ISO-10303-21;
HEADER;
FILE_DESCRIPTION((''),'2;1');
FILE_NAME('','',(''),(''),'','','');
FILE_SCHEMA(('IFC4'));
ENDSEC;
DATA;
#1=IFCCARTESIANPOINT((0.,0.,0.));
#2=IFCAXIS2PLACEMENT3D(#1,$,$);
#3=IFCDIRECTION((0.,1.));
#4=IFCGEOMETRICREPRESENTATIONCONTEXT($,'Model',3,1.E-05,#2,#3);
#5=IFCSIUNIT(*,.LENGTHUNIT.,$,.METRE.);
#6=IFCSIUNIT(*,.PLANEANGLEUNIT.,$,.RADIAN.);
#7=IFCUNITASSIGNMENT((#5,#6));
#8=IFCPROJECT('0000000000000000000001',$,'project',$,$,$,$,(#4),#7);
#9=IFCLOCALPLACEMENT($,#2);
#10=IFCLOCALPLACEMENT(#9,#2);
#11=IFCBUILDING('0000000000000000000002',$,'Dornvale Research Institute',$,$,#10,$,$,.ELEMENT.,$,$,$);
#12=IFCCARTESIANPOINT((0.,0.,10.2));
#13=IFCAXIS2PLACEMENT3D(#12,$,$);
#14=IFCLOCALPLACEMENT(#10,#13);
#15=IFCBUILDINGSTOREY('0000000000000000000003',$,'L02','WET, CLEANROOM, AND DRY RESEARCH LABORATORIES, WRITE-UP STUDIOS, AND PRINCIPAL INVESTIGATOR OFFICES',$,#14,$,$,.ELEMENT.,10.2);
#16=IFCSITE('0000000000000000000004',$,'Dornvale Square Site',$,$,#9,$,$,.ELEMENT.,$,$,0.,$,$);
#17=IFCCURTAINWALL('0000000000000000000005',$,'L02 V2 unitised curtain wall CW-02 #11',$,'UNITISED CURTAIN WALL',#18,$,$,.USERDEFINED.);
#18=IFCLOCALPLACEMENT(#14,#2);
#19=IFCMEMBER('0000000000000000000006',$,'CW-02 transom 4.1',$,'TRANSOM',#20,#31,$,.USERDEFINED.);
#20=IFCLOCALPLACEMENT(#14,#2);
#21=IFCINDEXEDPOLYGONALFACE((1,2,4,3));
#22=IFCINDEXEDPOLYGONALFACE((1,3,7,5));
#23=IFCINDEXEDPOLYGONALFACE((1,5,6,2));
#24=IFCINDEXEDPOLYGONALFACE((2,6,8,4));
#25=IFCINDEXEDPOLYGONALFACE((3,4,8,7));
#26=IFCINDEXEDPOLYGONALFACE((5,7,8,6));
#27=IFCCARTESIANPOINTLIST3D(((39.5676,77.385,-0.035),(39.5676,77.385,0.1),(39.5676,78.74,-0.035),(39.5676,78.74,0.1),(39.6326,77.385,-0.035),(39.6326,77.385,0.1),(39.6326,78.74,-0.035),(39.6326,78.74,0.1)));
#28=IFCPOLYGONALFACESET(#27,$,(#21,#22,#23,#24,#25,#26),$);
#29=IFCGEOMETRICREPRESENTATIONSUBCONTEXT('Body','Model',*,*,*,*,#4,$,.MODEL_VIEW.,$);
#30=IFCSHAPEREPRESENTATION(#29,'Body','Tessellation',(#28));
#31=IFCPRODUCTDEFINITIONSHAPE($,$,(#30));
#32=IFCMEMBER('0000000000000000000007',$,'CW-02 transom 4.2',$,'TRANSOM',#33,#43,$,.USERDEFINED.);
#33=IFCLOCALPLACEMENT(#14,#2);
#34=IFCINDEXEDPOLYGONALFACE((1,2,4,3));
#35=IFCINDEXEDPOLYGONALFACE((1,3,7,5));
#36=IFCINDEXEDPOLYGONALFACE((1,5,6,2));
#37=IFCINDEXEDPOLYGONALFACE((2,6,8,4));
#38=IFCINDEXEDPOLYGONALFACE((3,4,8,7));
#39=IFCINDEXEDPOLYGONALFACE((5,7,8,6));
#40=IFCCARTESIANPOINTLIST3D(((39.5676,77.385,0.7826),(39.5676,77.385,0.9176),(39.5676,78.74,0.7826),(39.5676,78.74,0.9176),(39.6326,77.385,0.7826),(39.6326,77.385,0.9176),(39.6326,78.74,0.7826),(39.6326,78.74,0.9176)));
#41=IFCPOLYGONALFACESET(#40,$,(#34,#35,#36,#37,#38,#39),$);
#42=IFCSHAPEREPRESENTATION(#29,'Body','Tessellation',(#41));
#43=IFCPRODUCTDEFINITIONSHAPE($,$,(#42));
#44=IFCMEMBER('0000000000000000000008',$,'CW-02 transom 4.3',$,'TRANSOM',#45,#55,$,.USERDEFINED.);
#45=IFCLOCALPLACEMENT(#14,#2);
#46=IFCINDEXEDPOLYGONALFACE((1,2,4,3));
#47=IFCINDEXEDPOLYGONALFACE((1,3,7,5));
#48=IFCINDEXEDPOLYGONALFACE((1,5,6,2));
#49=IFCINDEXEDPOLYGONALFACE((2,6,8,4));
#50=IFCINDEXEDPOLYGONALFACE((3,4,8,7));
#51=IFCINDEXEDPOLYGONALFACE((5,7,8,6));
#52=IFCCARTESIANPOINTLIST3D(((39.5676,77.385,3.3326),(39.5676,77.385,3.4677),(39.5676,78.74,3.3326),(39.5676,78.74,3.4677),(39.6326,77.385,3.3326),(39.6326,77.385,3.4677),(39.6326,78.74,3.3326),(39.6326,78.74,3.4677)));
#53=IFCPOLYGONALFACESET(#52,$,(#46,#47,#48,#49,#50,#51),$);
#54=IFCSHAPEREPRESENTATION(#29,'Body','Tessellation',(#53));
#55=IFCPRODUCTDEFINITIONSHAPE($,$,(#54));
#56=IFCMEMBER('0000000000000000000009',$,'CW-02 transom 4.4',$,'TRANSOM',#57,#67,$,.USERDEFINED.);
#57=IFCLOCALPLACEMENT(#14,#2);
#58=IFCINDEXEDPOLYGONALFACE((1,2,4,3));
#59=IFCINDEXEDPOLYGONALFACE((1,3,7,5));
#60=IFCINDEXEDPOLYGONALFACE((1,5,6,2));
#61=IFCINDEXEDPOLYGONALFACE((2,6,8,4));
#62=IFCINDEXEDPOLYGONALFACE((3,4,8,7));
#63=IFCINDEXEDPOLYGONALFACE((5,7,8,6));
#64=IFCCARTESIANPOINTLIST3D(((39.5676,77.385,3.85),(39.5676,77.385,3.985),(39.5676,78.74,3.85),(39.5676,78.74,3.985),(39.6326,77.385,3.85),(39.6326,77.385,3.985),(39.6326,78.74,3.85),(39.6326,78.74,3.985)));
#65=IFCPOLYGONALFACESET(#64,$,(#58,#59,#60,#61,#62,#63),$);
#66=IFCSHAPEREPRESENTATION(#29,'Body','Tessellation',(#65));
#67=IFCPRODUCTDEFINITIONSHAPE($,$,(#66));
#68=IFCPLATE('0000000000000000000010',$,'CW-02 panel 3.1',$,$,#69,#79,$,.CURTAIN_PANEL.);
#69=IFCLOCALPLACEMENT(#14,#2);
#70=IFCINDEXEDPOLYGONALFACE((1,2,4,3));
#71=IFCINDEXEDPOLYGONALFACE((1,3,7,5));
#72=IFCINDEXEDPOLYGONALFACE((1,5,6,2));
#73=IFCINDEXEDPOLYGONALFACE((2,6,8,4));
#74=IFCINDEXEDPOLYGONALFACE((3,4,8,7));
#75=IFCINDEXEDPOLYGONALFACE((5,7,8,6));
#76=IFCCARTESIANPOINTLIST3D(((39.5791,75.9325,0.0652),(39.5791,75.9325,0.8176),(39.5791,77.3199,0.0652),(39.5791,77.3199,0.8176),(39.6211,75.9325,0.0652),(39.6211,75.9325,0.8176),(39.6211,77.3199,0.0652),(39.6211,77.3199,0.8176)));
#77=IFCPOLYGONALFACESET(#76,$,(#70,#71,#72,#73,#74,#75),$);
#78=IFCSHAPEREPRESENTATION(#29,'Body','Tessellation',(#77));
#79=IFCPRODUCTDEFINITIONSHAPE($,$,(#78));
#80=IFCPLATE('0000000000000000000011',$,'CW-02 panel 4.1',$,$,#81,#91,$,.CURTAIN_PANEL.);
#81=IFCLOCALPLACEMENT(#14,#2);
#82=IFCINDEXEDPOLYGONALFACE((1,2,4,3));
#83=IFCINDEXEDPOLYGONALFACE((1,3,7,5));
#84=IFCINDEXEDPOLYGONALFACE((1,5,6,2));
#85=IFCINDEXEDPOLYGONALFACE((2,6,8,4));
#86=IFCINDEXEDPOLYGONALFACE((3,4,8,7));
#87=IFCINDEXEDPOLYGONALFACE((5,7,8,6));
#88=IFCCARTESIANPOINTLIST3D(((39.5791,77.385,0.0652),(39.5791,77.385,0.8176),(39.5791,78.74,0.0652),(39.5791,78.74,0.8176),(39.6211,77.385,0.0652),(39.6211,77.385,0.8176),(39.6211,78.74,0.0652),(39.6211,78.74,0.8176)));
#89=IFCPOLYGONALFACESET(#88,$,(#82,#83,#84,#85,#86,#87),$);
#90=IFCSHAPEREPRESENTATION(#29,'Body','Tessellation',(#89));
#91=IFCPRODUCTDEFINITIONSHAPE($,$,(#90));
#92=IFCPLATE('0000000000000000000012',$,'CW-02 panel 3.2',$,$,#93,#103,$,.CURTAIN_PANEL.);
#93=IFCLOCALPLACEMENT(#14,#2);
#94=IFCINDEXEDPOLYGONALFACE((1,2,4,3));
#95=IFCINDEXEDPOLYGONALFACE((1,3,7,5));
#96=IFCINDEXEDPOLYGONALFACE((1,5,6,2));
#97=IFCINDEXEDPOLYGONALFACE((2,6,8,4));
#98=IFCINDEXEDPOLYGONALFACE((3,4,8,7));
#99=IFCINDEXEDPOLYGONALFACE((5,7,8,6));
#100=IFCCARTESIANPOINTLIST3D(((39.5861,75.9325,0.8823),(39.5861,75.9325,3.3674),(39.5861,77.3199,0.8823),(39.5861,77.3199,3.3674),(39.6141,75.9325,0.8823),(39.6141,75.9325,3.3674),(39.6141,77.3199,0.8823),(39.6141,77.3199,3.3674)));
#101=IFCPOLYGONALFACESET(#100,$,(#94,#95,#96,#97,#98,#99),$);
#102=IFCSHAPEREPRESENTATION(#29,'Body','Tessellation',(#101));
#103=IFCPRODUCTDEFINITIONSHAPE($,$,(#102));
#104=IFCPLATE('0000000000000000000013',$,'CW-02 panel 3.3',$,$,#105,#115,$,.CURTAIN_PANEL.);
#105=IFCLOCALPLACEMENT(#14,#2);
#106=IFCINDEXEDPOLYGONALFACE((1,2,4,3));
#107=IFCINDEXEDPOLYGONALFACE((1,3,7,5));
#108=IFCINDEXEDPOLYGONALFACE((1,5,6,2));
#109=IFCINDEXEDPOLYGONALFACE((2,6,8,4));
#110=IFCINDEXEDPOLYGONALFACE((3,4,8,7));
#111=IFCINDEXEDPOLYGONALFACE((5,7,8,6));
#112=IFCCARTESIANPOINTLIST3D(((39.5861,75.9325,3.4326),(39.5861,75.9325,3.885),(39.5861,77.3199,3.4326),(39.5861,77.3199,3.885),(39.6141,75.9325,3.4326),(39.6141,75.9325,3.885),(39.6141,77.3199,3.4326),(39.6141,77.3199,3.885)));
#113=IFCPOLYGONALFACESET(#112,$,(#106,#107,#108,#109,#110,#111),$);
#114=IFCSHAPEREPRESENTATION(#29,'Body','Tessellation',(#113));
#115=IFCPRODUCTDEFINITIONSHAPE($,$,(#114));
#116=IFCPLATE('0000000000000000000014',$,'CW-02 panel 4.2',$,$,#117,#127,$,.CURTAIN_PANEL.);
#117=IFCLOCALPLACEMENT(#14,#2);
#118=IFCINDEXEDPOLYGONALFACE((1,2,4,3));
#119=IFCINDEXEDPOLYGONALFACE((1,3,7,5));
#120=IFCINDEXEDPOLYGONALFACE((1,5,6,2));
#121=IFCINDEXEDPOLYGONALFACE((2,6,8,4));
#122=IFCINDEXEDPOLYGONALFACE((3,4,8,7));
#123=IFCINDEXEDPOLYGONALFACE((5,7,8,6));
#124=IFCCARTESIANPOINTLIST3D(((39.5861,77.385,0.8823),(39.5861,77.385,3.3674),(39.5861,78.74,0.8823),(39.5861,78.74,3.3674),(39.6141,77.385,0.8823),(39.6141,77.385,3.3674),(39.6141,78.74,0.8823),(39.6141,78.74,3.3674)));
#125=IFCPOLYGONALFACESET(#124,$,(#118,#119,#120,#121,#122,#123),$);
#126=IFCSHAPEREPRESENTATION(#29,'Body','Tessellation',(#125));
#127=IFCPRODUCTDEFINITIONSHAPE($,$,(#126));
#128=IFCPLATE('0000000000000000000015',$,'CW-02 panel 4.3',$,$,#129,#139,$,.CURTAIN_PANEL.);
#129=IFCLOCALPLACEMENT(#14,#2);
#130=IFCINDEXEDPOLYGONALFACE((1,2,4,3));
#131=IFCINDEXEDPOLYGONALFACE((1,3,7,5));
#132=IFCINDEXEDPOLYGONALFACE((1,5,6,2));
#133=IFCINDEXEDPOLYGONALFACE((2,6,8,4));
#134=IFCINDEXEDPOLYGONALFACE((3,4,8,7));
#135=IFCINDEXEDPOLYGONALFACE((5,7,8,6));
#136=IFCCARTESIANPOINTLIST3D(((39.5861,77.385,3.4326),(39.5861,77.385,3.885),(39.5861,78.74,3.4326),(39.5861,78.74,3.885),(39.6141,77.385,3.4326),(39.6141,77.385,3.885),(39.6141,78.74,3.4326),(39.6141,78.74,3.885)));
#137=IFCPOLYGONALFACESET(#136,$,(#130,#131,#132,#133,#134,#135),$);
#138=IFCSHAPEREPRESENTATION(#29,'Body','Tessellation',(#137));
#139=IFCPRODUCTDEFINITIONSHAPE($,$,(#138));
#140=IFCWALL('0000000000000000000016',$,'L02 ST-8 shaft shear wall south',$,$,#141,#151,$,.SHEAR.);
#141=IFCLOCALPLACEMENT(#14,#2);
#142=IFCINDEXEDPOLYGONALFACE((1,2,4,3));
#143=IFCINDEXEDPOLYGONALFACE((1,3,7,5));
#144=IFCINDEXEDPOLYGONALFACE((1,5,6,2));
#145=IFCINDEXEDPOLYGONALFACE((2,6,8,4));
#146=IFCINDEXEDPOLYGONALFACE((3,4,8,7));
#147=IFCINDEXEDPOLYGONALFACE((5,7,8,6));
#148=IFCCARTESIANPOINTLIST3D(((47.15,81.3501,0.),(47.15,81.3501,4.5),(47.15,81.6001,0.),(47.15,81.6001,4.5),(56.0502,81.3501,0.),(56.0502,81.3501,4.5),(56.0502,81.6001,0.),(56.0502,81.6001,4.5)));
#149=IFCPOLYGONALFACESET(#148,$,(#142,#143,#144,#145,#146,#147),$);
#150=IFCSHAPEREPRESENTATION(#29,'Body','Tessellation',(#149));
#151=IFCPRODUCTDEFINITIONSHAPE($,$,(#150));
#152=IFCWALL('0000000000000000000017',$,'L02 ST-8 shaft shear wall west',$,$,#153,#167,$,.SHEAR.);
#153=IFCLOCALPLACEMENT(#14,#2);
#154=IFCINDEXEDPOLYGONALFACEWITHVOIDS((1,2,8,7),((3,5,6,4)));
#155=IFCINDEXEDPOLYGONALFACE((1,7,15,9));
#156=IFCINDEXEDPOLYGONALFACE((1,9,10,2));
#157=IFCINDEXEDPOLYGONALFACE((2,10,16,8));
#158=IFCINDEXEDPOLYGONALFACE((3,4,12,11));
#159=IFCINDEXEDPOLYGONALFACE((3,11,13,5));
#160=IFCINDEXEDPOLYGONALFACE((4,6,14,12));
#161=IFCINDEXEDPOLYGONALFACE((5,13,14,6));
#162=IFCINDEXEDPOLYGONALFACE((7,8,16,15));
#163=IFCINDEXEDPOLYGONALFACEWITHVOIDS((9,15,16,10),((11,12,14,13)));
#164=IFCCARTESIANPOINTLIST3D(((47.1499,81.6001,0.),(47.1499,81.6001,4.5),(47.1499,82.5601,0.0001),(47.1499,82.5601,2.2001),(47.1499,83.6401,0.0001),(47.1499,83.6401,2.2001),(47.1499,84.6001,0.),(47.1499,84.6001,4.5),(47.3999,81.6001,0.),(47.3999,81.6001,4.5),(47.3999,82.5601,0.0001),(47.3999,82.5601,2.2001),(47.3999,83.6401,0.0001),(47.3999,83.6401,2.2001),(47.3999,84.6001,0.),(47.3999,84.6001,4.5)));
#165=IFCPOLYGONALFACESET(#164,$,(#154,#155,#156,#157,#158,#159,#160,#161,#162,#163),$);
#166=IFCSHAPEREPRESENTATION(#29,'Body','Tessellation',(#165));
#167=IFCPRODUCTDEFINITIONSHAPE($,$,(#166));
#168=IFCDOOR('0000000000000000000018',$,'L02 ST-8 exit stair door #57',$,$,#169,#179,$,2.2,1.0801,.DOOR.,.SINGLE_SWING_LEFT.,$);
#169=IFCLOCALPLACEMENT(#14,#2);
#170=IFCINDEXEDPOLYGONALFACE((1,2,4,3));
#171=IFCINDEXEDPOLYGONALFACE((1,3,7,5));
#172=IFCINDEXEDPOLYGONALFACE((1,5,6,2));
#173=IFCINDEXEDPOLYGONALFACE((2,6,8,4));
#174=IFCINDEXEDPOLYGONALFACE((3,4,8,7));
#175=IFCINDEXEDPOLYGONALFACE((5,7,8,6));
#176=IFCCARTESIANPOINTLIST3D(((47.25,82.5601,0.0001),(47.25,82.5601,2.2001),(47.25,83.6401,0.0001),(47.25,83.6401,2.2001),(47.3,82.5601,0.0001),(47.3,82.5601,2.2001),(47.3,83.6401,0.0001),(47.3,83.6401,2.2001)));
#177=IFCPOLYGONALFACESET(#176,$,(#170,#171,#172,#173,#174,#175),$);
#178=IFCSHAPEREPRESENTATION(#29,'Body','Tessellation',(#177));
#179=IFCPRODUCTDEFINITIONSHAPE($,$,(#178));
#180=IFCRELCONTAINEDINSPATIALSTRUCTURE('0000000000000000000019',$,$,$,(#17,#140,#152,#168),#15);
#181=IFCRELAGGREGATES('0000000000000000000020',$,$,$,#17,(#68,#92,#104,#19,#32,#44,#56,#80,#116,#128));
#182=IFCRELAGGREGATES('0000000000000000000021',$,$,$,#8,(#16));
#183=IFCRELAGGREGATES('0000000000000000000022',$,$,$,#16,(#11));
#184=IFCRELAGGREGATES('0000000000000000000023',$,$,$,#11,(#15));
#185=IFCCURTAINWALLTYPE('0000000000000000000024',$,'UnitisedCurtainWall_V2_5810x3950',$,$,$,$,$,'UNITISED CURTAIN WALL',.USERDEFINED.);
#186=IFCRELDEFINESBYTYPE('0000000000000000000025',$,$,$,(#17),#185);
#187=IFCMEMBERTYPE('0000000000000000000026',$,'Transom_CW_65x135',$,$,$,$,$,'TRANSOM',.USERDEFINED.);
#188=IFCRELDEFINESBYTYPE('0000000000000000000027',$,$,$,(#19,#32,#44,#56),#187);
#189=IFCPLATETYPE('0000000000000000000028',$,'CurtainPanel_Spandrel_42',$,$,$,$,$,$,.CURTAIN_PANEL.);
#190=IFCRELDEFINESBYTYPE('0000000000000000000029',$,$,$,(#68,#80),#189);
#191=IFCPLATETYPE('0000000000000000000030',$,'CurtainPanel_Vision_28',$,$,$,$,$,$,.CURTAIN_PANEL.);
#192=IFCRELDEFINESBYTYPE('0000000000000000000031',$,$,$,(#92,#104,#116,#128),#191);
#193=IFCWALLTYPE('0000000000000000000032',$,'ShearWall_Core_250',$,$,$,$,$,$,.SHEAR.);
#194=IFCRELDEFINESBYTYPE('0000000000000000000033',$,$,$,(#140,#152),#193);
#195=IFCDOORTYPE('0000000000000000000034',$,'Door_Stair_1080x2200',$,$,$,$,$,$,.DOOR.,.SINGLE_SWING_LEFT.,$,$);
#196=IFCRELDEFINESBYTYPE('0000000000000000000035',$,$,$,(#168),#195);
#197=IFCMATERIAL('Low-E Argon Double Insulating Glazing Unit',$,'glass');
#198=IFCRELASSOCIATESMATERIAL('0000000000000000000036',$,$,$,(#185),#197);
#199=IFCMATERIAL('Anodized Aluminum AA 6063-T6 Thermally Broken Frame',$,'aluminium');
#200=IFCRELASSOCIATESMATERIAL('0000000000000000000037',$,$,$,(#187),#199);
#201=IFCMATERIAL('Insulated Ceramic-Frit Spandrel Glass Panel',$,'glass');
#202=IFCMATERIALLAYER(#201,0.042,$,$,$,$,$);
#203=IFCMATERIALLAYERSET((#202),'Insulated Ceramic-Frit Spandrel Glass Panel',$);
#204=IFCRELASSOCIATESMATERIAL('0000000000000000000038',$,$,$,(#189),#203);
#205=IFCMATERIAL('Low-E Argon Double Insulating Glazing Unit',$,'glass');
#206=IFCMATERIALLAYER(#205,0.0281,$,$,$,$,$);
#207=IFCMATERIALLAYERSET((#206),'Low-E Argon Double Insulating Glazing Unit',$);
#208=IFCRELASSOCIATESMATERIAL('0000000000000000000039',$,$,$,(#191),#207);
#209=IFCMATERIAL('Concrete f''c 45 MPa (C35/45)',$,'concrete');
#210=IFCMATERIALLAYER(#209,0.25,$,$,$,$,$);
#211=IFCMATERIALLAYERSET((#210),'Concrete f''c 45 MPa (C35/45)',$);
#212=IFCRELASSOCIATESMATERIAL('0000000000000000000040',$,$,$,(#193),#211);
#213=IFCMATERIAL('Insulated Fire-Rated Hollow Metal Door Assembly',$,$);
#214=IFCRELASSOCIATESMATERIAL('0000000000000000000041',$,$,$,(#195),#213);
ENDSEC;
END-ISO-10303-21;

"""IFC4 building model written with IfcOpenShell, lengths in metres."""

from ifc_helpers import new_model, si_unit, direction, frame, frame_2d, origin, origin_2d, place, context, subcontext, project, spatial, rectangle, extrude, material, layer, layer_set, material_profile, profile_set, type_object, element, fill, aggregate, save


model = new_model("IFC4")

# Units and contexts
model_context = context("Model", 3, precision=1e-05, world=origin(), true_north=direction((0.0, 1.0)))
body_context = subcontext(model_context, "Body", "Model", "MODEL_VIEW")
ifc_project = project(units=[si_unit("LENGTHUNIT", "METRE"), si_unit("PLANEANGLEUNIT", "RADIAN")], contexts=[model_context])

# Site, building, storey
site_placement = place(None, origin())
site = spatial("IfcSite", under=ifc_project, at=site_placement, Name="Dornvale Square Site", CompositionType="ELEMENT", RefElevation=0.0)
building_placement = place(site_placement, origin())
building = spatial("IfcBuilding", under=site, at=building_placement, Name="Dornvale Research Institute", CompositionType="ELEMENT")
storey_placement = place(building_placement, frame((0.0, 0.0, 10.2)))
storey = spatial("IfcBuildingStorey", under=building, at=storey_placement, Name="L02", Description="WET, CLEANROOM, AND DRY RESEARCH LABORATORIES, WRITE-UP STUDIOS, AND PRINCIPAL INVESTIGATOR OFFICES", CompositionType="ELEMENT", Elevation=10.2)

# Curtain wall
ifc_material_1 = material(Name="Low-E Argon Double Insulating Glazing Unit", Category="glass")
curtain_wall_type = type_object("IfcCurtainWallType", Name="UnitisedCurtainWall_V2_5810x3950", ElementType="UNITISED CURTAIN WALL", PredefinedType="USERDEFINED", material=ifc_material_1)
curtain_wall_placement = place(storey_placement, origin())
curtain_wall = element("IfcCurtainWall", 1, at=curtain_wall_placement, inside=storey, type_object=curtain_wall_type, Name="L02 V2 unitised curtain wall CW-02 #11", ObjectType="UNITISED CURTAIN WALL", PredefinedType="USERDEFINED")

# Members
ifc_material_2 = material(Name="Anodized Aluminum AA 6063-T6 Thermally Broken Frame", Category="aluminium")
ifc_material_profile_1 = material_profile(ifc_material_2, rectangle(XDim=0.0649, YDim=0.135, at=origin_2d()), Name="ALU TRANSOM 65x135")
ifc_profile_set_1 = profile_set([ifc_material_profile_1], Name="Anodized Aluminum AA 6063-T6 Thermally Broken Frame")
member_type_1 = type_object("IfcMemberType", Name="Transom_CW_65x135", ElementType="TRANSOM", PredefinedType="USERDEFINED", material=ifc_profile_set_1)
member_1_placement = place(storey_placement, frame((39.6001, 77.385, 0.0325), z_axis=(0.0, 1.0, 0.0), x_axis=(-1.0, 0.0, 0.0)))
member_1 = element("IfcMember", 2, at=member_1_placement, type_object=member_type_1, Name="CW-02 transom 4.1", ObjectType="TRANSOM", PredefinedType="USERDEFINED", context=body_context, shape_type="SweptSolid", body=[
    extrude(rectangle(XDim=0.0649, YDim=0.135, at=origin_2d()), origin(), (0.0, 0.0, 1.0), 1.355),
])
member_2_placement = place(storey_placement, frame((39.6001, 77.385, 0.8501), z_axis=(0.0, 1.0, 0.0), x_axis=(-1.0, 0.0, 0.0)))
member_2 = element("IfcMember", 3, at=member_2_placement, type_object=member_type_1, Name="CW-02 transom 4.2", ObjectType="TRANSOM", PredefinedType="USERDEFINED", context=body_context, shape_type="SweptSolid", body=[
    extrude(rectangle(XDim=0.0649, YDim=0.135, at=origin_2d()), origin(), (0.0, 0.0, 1.0), 1.355),
])
member_3_placement = place(storey_placement, frame((39.6001, 77.385, 3.4001), z_axis=(0.0, 1.0, 0.0), x_axis=(-1.0, 0.0, 0.0)))
member_3 = element("IfcMember", 4, at=member_3_placement, type_object=member_type_1, Name="CW-02 transom 4.3", ObjectType="TRANSOM", PredefinedType="USERDEFINED", context=body_context, shape_type="SweptSolid", body=[
    extrude(rectangle(XDim=0.0649, YDim=0.135, at=origin_2d()), origin(), (0.0, 0.0, 1.0), 1.355),
])
member_4_placement = place(storey_placement, frame((39.6001, 77.385, 3.9175), z_axis=(0.0, 1.0, 0.0), x_axis=(-1.0, 0.0, 0.0)))
member_4 = element("IfcMember", 5, at=member_4_placement, type_object=member_type_1, Name="CW-02 transom 4.4", ObjectType="TRANSOM", PredefinedType="USERDEFINED", context=body_context, shape_type="SweptSolid", body=[
    extrude(rectangle(XDim=0.0649, YDim=0.135, at=origin_2d()), origin(), (0.0, 0.0, 1.0), 1.355),
])

# Plates
ifc_material_3 = material(Name="Insulated Ceramic-Frit Spandrel Glass Panel", Category="glass")
ifc_layer_1 = layer(ifc_material_3, 0.042)
ifc_layer_set_1 = layer_set([ifc_layer_1], Name="Insulated Ceramic-Frit Spandrel Glass Panel")
plate_type_1 = type_object("IfcPlateType", Name="CurtainPanel_Spandrel_42", PredefinedType="CURTAIN_PANEL", material=ifc_layer_set_1)
plate_1_placement = place(storey_placement, frame((39.6001, 76.6262, 0.0652), z_axis=(0.0, 0.0, 1.0), x_axis=(0.0, 1.0, 0.0)))
plate_1 = element("IfcPlate", 6, at=plate_1_placement, type_object=plate_type_1, Name="CW-02 panel 3.1", PredefinedType="CURTAIN_PANEL", context=body_context, shape_type="SweptSolid", body=[
    extrude(rectangle(XDim=1.3875, YDim=0.042, at=origin_2d()), origin(), (0.0, 0.0, 1.0), 0.7524),
])
plate_2_placement = place(storey_placement, frame((39.6001, 78.0625, 0.0652), z_axis=(0.0, 0.0, 1.0), x_axis=(0.0, 1.0, 0.0)))
plate_2 = element("IfcPlate", 7, at=plate_2_placement, type_object=plate_type_1, Name="CW-02 panel 4.1", PredefinedType="CURTAIN_PANEL", context=body_context, shape_type="SweptSolid", body=[
    extrude(rectangle(XDim=1.355, YDim=0.042, at=origin_2d()), origin(), (0.0, 0.0, 1.0), 0.7524),
])
ifc_material_4 = material(Name="Low-E Argon Double Insulating Glazing Unit", Category="glass")
ifc_layer_2 = layer(ifc_material_4, 0.0281)
ifc_layer_set_2 = layer_set([ifc_layer_2], Name="Low-E Argon Double Insulating Glazing Unit")
plate_type_2 = type_object("IfcPlateType", Name="CurtainPanel_Vision_28", PredefinedType="CURTAIN_PANEL", material=ifc_layer_set_2)
plate_3_placement = place(storey_placement, frame((39.6001, 76.6262, 0.8823), z_axis=(0.0, 0.0, 1.0), x_axis=(0.0, 1.0, 0.0)))
plate_3 = element("IfcPlate", 8, at=plate_3_placement, type_object=plate_type_2, Name="CW-02 panel 3.2", PredefinedType="CURTAIN_PANEL", context=body_context, shape_type="SweptSolid", body=[
    extrude(rectangle(XDim=1.3875, YDim=0.0281, at=origin_2d()), origin(), (0.0, 0.0, 1.0), 2.4851),
])
plate_4_placement = place(storey_placement, frame((39.6001, 76.6262, 3.4326), z_axis=(0.0, 0.0, 1.0), x_axis=(0.0, 1.0, 0.0)))
plate_4 = element("IfcPlate", 9, at=plate_4_placement, type_object=plate_type_2, Name="CW-02 panel 3.3", PredefinedType="CURTAIN_PANEL", context=body_context, shape_type="SweptSolid", body=[
    extrude(rectangle(XDim=1.3875, YDim=0.0281, at=origin_2d()), origin(), (0.0, 0.0, 1.0), 0.4524),
])
plate_5_placement = place(storey_placement, frame((39.6001, 78.0625, 0.8823), z_axis=(0.0, 0.0, 1.0), x_axis=(0.0, 1.0, 0.0)))
plate_5 = element("IfcPlate", 10, at=plate_5_placement, type_object=plate_type_2, Name="CW-02 panel 4.2", PredefinedType="CURTAIN_PANEL", context=body_context, shape_type="SweptSolid", body=[
    extrude(rectangle(XDim=1.355, YDim=0.0281, at=origin_2d()), origin(), (0.0, 0.0, 1.0), 2.4851),
])
plate_6_placement = place(storey_placement, frame((39.6001, 78.0625, 3.4326), z_axis=(0.0, 0.0, 1.0), x_axis=(0.0, 1.0, 0.0)))
plate_6 = element("IfcPlate", 11, at=plate_6_placement, type_object=plate_type_2, Name="CW-02 panel 4.3", PredefinedType="CURTAIN_PANEL", context=body_context, shape_type="SweptSolid", body=[
    extrude(rectangle(XDim=1.355, YDim=0.0281, at=origin_2d()), origin(), (0.0, 0.0, 1.0), 0.4524),
])
aggregate(curtain_wall, [plate_1, plate_3, plate_4, member_1, member_2, member_3, member_4, plate_2, plate_5, plate_6])

# Wall
ifc_material_5 = material(Name="Concrete f'c 45 MPa (C35/45)", Category="concrete")
ifc_layer_3 = layer(ifc_material_5, 0.25)
ifc_layer_set_3 = layer_set([ifc_layer_3], Name="Concrete f'c 45 MPa (C35/45)")
wall_type_1 = type_object("IfcWallType", Name="ShearWall_Core_250", PredefinedType="SHEAR", material=ifc_layer_set_3)
wall_1_placement = place(storey_placement, frame((47.1499, 81.4751, 0.0), z_axis=(0.0, 0.0, 1.0), x_axis=(1.0, 0.0, 0.0)))
element("IfcWall", 12, at=wall_1_placement, inside=storey, type_object=wall_type_1, Name="L02 ST-8 shaft shear wall south", PredefinedType="SHEAR", context=body_context, shape_type="SweptSolid", body=[
    extrude(rectangle(XDim=8.9001, YDim=0.25, at=frame_2d((4.4502, 0.0))), origin(), (0.0, 0.0, 1.0), 4.5),
])

# Wall, opening, door
wall_2_placement = place(storey_placement, frame((47.2749, 81.6001, 0.0), z_axis=(0.0, 0.0, 1.0), x_axis=(0.0, 1.0, 0.0)))
wall_2 = element("IfcWall", 13, at=wall_2_placement, inside=storey, type_object=wall_type_1, Name="L02 ST-8 shaft shear wall west", PredefinedType="SHEAR", context=body_context, shape_type="SweptSolid", body=[
    extrude(rectangle(XDim=3.0, YDim=0.25, at=frame_2d((1.5, 0.0))), origin(), (0.0, 0.0, 1.0), 4.5),
])
opening_1_placement = place(wall_2_placement, frame((0.96, 0.0, 0.0)))
opening_1 = element("IfcOpeningElement", 14, at=opening_1_placement, cuts=wall_2, PredefinedType="OPENING", context=body_context, shape_type="SweptSolid", body=[
    extrude(rectangle(XDim=1.0801, YDim=2.2, at=frame_2d((0.54, 1.1001))), frame((0.0, 0.1399, 0.0), z_axis=(0.0, -1.0, 0.0), x_axis=(1.0, 0.0, 0.0)), (0.0, 0.0, 1.0), 0.28),
])
ifc_material_6 = material(Name="Insulated Fire-Rated Hollow Metal Door Assembly")
door_type = type_object("IfcDoorType", Name="Door_Stair_1080x2200", OperationType="SINGLE_SWING_LEFT", PredefinedType="DOOR", material=ifc_material_6)
door_placement = place(opening_1_placement, origin())
door = element("IfcDoor", 15, at=door_placement, inside=storey, type_object=door_type, Name="L02 ST-8 exit stair door #57", OperationType="SINGLE_SWING_LEFT", OverallHeight=2.2, OverallWidth=1.0801, PredefinedType="DOOR", context=body_context, shape_type="SweptSolid", body=[
    extrude(rectangle(XDim=1.0801, YDim=2.2, at=frame_2d((0.54, 1.1001))), frame((0.0, 0.0249, 0.0), z_axis=(0.0, -1.0, 0.0), x_axis=(1.0, 0.0, 0.0)), (0.0, 0.0, 1.0), 0.05),
])
fill(opening_1, door)

save(model, "model.ifc")
